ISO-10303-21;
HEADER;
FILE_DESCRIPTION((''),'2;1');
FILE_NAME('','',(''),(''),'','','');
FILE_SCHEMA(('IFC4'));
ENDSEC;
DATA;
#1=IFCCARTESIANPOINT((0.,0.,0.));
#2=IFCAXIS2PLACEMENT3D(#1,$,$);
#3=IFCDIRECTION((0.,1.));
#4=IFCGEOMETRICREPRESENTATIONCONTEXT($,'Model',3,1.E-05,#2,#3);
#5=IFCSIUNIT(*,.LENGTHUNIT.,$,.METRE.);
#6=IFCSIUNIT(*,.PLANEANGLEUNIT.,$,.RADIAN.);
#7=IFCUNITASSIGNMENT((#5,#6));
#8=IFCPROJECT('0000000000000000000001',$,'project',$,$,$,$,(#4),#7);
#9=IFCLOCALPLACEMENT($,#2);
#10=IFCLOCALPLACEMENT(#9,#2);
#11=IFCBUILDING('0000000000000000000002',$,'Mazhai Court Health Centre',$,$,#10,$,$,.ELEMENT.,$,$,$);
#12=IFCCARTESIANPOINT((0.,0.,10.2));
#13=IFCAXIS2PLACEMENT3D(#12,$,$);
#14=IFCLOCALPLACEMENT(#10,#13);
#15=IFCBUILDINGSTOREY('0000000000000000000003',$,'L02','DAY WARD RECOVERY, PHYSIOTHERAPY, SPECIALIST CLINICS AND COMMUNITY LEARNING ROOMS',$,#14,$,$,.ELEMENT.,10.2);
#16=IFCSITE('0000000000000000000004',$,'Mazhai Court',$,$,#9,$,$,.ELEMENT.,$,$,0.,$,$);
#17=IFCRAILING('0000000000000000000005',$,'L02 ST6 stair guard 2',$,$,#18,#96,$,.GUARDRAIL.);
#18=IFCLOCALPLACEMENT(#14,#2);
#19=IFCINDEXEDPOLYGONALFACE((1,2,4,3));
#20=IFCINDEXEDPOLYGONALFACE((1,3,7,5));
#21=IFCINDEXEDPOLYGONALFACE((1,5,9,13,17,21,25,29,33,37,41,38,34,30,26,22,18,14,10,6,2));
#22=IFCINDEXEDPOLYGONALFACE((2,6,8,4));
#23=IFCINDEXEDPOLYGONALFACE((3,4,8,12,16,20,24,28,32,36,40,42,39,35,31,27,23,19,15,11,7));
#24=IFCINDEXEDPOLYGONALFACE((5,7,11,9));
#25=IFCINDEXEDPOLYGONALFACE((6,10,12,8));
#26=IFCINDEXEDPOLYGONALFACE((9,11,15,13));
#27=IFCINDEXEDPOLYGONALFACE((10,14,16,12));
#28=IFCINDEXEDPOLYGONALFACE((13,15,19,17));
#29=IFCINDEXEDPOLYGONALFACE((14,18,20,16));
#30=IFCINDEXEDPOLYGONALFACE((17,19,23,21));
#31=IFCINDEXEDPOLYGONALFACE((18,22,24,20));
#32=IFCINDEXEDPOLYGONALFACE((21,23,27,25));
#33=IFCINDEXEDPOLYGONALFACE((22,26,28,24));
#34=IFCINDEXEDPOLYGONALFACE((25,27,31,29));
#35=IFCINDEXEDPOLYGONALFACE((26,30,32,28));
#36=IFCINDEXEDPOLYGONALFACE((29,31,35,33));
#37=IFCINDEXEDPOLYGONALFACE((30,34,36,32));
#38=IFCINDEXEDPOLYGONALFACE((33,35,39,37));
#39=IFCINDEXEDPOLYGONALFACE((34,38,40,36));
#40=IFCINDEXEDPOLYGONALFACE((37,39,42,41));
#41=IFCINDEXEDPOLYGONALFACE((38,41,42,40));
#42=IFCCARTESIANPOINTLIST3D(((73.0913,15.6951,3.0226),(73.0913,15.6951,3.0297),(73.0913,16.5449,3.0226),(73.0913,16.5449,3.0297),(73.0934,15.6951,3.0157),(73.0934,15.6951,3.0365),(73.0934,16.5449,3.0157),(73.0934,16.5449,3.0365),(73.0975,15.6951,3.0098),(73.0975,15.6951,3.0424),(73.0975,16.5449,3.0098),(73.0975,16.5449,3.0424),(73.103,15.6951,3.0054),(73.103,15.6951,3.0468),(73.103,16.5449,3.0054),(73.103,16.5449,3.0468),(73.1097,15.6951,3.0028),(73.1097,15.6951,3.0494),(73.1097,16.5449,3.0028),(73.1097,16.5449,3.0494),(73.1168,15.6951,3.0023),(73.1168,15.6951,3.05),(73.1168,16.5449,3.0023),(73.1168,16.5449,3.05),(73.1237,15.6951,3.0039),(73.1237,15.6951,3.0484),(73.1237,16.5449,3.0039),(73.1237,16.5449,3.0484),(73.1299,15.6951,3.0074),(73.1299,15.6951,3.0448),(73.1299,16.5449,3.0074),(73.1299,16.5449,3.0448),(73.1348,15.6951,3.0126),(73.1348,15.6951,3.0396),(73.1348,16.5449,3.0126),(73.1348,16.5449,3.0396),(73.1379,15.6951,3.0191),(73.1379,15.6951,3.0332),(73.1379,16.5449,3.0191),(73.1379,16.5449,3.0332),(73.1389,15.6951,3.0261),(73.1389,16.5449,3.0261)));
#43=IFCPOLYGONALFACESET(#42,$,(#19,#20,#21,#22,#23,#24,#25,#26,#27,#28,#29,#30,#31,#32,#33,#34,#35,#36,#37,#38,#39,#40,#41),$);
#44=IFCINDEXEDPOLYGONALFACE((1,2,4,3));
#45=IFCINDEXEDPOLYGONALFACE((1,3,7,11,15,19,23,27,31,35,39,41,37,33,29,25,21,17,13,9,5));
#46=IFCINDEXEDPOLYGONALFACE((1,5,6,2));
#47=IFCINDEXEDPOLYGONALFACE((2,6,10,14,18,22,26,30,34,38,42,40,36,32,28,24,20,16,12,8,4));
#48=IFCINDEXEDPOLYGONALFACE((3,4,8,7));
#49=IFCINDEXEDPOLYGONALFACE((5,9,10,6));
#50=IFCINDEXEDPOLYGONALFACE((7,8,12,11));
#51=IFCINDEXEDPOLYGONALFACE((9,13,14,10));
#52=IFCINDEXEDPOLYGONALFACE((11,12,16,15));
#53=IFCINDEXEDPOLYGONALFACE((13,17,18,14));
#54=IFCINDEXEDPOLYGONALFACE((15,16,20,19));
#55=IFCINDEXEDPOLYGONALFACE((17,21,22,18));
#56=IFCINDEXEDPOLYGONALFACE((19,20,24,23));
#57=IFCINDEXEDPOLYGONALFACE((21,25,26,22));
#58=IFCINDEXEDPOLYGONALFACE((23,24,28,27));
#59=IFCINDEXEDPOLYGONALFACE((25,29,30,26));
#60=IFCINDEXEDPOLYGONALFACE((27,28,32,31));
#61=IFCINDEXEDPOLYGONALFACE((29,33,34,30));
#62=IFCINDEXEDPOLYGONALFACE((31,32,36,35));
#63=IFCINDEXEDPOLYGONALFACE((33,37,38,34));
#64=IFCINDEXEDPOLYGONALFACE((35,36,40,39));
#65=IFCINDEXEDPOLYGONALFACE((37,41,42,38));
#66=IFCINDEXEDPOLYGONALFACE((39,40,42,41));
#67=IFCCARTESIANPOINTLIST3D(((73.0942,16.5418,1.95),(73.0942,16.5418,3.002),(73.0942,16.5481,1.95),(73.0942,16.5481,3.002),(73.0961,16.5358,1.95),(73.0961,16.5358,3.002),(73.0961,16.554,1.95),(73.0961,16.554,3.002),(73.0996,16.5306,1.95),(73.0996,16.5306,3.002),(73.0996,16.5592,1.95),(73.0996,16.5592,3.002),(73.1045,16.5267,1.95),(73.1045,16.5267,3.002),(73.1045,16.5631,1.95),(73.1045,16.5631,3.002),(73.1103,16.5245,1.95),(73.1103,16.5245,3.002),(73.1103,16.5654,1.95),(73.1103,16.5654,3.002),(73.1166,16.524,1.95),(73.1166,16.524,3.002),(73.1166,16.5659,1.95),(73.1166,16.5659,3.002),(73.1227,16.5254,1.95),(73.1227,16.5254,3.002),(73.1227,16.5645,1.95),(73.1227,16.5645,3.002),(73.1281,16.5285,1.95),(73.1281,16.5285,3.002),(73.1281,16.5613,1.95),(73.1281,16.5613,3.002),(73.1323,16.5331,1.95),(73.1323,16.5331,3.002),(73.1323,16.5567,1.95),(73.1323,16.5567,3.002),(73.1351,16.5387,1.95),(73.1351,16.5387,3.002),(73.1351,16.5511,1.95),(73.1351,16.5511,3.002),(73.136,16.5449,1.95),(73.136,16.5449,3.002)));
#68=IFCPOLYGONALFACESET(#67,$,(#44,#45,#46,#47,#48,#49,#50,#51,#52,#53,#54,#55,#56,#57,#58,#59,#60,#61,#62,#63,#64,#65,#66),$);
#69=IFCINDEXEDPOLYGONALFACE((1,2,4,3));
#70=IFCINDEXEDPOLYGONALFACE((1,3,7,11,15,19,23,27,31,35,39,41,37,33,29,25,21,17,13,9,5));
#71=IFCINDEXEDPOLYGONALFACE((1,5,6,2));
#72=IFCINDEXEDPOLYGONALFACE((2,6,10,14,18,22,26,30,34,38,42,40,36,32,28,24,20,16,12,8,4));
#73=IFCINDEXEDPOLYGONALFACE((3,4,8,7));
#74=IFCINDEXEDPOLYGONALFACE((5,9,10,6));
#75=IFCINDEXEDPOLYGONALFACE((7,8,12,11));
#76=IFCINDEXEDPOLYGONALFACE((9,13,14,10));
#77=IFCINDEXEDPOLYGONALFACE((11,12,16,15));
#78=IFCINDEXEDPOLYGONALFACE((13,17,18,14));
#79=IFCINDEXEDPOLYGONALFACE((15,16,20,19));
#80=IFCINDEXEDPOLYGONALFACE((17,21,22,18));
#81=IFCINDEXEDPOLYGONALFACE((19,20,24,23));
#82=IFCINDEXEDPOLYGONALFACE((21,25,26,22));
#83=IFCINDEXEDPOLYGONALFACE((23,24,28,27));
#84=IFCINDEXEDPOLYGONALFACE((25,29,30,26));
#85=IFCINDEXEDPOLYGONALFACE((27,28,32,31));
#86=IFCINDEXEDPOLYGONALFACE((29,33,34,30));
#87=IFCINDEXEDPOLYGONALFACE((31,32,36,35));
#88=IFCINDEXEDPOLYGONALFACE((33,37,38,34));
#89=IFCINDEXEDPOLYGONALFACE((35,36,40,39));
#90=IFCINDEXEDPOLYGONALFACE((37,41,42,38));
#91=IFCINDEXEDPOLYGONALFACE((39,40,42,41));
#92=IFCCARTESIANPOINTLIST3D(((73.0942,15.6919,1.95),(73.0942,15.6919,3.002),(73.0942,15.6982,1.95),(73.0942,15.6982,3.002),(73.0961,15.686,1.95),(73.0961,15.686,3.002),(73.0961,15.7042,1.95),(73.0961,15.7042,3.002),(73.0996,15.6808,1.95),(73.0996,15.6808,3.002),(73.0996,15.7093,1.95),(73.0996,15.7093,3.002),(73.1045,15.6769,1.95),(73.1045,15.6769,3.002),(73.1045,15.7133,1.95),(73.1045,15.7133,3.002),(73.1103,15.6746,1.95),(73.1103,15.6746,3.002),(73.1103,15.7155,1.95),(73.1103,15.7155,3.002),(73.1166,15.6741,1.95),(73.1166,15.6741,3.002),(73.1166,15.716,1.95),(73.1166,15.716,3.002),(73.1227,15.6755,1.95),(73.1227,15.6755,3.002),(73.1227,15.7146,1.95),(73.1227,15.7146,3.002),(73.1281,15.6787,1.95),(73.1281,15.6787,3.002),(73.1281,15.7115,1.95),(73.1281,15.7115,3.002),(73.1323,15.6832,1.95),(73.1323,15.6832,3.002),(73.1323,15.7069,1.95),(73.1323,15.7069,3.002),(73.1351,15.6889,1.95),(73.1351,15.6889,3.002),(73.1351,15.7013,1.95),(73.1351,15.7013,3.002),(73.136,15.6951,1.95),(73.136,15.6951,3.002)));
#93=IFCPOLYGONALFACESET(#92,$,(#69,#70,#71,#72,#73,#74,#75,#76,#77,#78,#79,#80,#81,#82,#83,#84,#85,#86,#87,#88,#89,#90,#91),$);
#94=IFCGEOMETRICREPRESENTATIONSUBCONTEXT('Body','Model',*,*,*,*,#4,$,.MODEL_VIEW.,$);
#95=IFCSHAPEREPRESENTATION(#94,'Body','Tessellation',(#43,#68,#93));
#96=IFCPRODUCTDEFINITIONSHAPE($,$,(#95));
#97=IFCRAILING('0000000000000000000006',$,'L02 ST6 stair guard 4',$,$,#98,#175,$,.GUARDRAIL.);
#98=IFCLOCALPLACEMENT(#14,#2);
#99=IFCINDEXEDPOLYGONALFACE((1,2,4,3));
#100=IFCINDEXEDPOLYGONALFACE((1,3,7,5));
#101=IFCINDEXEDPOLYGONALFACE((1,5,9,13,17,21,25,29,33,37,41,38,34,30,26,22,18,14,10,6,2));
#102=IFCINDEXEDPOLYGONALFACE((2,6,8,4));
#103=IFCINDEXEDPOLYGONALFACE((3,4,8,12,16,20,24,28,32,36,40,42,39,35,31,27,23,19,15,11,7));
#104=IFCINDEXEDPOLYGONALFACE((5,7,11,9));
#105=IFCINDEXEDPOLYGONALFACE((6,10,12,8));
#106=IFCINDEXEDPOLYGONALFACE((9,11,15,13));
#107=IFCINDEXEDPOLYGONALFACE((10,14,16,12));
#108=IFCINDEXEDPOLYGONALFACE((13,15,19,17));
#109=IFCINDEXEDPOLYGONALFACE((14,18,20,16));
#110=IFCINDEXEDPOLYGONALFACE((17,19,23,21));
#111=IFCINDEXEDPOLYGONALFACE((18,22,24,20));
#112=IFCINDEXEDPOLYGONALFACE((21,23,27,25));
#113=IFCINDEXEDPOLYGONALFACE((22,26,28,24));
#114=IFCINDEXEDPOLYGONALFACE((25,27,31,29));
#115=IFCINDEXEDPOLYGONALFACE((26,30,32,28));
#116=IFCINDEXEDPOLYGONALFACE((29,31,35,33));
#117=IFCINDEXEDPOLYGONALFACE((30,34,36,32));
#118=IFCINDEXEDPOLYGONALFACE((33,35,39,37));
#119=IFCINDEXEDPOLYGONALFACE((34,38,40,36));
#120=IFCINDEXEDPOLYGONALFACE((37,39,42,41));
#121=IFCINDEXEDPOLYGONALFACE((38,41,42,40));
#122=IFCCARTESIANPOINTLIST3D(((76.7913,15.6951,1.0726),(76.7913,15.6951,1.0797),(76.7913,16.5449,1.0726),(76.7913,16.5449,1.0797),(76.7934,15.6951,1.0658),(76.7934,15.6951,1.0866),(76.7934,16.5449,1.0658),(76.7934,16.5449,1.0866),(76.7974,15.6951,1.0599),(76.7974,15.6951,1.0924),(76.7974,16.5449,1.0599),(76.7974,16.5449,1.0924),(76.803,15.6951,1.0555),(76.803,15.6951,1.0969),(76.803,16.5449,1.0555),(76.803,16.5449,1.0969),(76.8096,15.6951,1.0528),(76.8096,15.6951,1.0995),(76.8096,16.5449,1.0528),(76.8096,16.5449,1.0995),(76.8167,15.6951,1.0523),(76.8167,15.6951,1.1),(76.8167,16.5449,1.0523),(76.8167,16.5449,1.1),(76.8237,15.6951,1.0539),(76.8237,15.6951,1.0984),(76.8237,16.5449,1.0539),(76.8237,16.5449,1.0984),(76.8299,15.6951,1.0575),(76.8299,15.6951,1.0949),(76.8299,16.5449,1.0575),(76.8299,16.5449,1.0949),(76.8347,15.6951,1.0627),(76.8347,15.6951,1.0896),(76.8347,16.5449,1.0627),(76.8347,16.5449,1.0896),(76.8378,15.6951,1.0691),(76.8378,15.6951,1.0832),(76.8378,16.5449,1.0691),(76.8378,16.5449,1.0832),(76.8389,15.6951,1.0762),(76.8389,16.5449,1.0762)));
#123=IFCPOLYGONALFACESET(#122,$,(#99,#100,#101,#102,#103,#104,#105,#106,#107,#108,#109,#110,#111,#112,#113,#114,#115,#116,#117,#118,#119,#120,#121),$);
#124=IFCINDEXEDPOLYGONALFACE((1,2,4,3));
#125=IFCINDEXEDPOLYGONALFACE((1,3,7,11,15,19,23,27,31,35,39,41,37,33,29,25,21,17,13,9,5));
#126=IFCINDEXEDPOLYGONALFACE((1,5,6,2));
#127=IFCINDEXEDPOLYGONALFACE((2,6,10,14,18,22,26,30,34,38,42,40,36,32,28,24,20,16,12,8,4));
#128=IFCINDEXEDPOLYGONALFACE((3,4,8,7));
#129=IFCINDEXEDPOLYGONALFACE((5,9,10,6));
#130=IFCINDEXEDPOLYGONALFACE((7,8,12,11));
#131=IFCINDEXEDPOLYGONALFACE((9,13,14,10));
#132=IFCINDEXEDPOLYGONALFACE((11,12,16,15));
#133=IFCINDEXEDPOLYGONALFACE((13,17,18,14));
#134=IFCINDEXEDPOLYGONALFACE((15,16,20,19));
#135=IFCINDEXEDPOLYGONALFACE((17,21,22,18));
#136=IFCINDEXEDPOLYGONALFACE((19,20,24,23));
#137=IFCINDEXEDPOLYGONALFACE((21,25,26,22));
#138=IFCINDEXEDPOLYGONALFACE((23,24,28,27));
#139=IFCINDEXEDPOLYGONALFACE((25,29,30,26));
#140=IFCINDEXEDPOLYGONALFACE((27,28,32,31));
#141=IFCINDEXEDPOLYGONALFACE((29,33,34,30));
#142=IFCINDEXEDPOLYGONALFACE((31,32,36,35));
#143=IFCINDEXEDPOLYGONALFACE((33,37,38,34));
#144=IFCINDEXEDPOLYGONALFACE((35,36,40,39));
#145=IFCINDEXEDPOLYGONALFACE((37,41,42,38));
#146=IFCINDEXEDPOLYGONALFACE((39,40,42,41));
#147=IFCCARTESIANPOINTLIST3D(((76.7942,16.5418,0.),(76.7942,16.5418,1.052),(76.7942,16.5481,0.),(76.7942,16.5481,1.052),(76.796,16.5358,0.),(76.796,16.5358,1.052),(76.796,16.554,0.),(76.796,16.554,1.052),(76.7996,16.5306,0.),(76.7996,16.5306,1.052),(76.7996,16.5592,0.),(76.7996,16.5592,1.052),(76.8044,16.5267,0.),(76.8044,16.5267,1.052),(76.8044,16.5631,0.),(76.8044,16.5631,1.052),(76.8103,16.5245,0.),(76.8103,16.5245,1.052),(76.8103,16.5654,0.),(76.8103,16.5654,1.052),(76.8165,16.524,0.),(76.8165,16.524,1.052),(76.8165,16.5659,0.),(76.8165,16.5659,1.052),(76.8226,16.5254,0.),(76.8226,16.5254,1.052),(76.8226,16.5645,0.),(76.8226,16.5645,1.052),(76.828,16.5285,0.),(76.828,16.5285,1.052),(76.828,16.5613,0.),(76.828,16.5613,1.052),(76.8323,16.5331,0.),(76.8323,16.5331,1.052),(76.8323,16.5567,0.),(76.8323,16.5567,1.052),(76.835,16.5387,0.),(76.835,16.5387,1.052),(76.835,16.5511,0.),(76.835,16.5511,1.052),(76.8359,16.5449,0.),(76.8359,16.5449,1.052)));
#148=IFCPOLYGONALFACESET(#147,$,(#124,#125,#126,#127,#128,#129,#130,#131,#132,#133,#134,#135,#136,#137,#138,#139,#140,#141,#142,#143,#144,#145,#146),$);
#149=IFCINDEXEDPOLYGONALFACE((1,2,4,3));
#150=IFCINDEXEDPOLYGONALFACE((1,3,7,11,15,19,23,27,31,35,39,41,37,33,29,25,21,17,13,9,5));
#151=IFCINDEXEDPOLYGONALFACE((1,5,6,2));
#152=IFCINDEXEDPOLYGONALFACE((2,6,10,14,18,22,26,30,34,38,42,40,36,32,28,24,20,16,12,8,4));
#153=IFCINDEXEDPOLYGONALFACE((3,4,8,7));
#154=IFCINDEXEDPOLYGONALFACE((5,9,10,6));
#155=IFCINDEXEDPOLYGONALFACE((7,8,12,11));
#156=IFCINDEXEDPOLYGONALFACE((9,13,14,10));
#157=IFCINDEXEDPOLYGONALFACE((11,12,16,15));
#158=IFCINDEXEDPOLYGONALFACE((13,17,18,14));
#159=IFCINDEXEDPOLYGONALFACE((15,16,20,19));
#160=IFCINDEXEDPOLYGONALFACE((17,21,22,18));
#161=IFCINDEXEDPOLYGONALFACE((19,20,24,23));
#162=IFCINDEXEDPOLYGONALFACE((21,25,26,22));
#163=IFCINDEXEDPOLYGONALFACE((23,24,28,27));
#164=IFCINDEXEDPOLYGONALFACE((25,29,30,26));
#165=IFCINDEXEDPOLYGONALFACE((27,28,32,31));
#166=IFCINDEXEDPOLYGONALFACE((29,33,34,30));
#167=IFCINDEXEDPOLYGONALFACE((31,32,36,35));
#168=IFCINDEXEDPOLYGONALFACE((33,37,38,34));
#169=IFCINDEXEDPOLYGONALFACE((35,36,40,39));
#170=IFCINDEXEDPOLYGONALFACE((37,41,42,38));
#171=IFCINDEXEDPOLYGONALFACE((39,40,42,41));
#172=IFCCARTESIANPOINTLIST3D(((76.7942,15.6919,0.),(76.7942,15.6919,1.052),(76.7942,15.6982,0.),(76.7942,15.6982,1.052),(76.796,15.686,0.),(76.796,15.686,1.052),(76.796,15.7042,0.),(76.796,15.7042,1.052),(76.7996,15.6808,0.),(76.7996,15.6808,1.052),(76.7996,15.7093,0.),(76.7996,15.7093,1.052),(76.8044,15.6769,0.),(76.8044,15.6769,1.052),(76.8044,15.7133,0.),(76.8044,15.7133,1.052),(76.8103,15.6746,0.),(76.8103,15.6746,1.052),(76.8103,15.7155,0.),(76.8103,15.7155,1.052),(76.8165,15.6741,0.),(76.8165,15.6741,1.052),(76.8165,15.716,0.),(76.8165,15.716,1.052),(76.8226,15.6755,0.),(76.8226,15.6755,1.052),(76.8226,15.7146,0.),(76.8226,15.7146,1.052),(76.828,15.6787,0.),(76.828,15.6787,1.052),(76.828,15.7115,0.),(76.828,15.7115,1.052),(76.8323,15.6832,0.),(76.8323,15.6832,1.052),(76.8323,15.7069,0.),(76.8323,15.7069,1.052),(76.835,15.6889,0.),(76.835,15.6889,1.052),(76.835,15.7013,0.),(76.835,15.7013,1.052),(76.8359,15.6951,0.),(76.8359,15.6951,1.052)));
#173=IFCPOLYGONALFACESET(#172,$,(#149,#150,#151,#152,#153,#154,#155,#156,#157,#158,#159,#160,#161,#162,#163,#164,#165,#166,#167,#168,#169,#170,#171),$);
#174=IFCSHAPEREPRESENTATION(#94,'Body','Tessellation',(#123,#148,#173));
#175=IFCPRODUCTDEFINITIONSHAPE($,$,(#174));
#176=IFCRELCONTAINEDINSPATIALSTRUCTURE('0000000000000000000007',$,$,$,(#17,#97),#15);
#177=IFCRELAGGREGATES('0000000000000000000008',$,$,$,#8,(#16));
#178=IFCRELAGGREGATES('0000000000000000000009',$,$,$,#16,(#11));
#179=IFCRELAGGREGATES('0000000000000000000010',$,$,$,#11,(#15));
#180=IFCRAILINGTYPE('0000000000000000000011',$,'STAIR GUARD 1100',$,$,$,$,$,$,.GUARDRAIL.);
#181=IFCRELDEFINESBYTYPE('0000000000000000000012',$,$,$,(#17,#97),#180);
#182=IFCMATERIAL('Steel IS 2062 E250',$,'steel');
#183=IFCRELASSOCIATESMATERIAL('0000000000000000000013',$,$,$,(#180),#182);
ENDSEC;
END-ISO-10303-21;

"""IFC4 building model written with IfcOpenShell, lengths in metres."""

from ifc_helpers import new_model, si_unit, direction, frame, origin, origin_2d, place, context, subcontext, project, spatial, circle, extrude, material, type_object, element, save


model = new_model("IFC4")

# Units and contexts
model_context = context("Model", 3, precision=1e-05, world=origin(), true_north=direction((0.0, 1.0)))
body_context = subcontext(model_context, "Body", "Model", "MODEL_VIEW")
ifc_project = project(units=[si_unit("LENGTHUNIT", "METRE"), si_unit("PLANEANGLEUNIT", "RADIAN")], contexts=[model_context])

# Site, building, storey
site_placement = place(None, origin())
site = spatial("IfcSite", under=ifc_project, at=site_placement, Name="Mazhai Court", CompositionType="ELEMENT", RefElevation=0.0)
building_placement = place(site_placement, origin())
building = spatial("IfcBuilding", under=site, at=building_placement, Name="Mazhai Court Health Centre", CompositionType="ELEMENT")
storey_placement = place(building_placement, frame((0.0, 0.0, 10.2)))
storey = spatial("IfcBuildingStorey", under=building, at=storey_placement, Name="L02", Description="DAY WARD RECOVERY, PHYSIOTHERAPY, SPECIALIST CLINICS AND COMMUNITY LEARNING ROOMS", CompositionType="ELEMENT", Elevation=10.2)

# Railings
ifc_material_1 = material(Name="Steel IS 2062 E250", Category="steel")
railing_type_1 = type_object("IfcRailingType", Name="STAIR GUARD 1100", PredefinedType="GUARDRAIL", material=ifc_material_1)
for number, where, name in (
    (1, (73.115, 16.5449, 1.95), "L02 ST6 stair guard 2"),
    (2, (76.8149, 16.5449, 0.0), "L02 ST6 stair guard 4"),
):
    element("IfcRailing", number, at=place(storey_placement, frame(where)), inside=storey, type_object=railing_type_1, Name=name, PredefinedType="GUARDRAIL", context=body_context, shape_type="SweptSolid", body=[
        extrude(circle(Radius=0.0239, at=origin_2d()), frame((0.0, 0.0, 1.0762), z_axis=(0.0, -1.0, 0.0), x_axis=(1.0, 0.0, 0.0)), (0.0, 0.0, 1.0), 0.8499),
        extrude(circle(Radius=0.021, at=origin_2d()), origin(), (0.0, 0.0, 1.0), 1.052),
        extrude(circle(Radius=0.021, at=origin_2d()), frame((0.0, -0.8499, 0.0)), (0.0, 0.0, 1.0), 1.052),
    ])

save(model, "model.ifc")
